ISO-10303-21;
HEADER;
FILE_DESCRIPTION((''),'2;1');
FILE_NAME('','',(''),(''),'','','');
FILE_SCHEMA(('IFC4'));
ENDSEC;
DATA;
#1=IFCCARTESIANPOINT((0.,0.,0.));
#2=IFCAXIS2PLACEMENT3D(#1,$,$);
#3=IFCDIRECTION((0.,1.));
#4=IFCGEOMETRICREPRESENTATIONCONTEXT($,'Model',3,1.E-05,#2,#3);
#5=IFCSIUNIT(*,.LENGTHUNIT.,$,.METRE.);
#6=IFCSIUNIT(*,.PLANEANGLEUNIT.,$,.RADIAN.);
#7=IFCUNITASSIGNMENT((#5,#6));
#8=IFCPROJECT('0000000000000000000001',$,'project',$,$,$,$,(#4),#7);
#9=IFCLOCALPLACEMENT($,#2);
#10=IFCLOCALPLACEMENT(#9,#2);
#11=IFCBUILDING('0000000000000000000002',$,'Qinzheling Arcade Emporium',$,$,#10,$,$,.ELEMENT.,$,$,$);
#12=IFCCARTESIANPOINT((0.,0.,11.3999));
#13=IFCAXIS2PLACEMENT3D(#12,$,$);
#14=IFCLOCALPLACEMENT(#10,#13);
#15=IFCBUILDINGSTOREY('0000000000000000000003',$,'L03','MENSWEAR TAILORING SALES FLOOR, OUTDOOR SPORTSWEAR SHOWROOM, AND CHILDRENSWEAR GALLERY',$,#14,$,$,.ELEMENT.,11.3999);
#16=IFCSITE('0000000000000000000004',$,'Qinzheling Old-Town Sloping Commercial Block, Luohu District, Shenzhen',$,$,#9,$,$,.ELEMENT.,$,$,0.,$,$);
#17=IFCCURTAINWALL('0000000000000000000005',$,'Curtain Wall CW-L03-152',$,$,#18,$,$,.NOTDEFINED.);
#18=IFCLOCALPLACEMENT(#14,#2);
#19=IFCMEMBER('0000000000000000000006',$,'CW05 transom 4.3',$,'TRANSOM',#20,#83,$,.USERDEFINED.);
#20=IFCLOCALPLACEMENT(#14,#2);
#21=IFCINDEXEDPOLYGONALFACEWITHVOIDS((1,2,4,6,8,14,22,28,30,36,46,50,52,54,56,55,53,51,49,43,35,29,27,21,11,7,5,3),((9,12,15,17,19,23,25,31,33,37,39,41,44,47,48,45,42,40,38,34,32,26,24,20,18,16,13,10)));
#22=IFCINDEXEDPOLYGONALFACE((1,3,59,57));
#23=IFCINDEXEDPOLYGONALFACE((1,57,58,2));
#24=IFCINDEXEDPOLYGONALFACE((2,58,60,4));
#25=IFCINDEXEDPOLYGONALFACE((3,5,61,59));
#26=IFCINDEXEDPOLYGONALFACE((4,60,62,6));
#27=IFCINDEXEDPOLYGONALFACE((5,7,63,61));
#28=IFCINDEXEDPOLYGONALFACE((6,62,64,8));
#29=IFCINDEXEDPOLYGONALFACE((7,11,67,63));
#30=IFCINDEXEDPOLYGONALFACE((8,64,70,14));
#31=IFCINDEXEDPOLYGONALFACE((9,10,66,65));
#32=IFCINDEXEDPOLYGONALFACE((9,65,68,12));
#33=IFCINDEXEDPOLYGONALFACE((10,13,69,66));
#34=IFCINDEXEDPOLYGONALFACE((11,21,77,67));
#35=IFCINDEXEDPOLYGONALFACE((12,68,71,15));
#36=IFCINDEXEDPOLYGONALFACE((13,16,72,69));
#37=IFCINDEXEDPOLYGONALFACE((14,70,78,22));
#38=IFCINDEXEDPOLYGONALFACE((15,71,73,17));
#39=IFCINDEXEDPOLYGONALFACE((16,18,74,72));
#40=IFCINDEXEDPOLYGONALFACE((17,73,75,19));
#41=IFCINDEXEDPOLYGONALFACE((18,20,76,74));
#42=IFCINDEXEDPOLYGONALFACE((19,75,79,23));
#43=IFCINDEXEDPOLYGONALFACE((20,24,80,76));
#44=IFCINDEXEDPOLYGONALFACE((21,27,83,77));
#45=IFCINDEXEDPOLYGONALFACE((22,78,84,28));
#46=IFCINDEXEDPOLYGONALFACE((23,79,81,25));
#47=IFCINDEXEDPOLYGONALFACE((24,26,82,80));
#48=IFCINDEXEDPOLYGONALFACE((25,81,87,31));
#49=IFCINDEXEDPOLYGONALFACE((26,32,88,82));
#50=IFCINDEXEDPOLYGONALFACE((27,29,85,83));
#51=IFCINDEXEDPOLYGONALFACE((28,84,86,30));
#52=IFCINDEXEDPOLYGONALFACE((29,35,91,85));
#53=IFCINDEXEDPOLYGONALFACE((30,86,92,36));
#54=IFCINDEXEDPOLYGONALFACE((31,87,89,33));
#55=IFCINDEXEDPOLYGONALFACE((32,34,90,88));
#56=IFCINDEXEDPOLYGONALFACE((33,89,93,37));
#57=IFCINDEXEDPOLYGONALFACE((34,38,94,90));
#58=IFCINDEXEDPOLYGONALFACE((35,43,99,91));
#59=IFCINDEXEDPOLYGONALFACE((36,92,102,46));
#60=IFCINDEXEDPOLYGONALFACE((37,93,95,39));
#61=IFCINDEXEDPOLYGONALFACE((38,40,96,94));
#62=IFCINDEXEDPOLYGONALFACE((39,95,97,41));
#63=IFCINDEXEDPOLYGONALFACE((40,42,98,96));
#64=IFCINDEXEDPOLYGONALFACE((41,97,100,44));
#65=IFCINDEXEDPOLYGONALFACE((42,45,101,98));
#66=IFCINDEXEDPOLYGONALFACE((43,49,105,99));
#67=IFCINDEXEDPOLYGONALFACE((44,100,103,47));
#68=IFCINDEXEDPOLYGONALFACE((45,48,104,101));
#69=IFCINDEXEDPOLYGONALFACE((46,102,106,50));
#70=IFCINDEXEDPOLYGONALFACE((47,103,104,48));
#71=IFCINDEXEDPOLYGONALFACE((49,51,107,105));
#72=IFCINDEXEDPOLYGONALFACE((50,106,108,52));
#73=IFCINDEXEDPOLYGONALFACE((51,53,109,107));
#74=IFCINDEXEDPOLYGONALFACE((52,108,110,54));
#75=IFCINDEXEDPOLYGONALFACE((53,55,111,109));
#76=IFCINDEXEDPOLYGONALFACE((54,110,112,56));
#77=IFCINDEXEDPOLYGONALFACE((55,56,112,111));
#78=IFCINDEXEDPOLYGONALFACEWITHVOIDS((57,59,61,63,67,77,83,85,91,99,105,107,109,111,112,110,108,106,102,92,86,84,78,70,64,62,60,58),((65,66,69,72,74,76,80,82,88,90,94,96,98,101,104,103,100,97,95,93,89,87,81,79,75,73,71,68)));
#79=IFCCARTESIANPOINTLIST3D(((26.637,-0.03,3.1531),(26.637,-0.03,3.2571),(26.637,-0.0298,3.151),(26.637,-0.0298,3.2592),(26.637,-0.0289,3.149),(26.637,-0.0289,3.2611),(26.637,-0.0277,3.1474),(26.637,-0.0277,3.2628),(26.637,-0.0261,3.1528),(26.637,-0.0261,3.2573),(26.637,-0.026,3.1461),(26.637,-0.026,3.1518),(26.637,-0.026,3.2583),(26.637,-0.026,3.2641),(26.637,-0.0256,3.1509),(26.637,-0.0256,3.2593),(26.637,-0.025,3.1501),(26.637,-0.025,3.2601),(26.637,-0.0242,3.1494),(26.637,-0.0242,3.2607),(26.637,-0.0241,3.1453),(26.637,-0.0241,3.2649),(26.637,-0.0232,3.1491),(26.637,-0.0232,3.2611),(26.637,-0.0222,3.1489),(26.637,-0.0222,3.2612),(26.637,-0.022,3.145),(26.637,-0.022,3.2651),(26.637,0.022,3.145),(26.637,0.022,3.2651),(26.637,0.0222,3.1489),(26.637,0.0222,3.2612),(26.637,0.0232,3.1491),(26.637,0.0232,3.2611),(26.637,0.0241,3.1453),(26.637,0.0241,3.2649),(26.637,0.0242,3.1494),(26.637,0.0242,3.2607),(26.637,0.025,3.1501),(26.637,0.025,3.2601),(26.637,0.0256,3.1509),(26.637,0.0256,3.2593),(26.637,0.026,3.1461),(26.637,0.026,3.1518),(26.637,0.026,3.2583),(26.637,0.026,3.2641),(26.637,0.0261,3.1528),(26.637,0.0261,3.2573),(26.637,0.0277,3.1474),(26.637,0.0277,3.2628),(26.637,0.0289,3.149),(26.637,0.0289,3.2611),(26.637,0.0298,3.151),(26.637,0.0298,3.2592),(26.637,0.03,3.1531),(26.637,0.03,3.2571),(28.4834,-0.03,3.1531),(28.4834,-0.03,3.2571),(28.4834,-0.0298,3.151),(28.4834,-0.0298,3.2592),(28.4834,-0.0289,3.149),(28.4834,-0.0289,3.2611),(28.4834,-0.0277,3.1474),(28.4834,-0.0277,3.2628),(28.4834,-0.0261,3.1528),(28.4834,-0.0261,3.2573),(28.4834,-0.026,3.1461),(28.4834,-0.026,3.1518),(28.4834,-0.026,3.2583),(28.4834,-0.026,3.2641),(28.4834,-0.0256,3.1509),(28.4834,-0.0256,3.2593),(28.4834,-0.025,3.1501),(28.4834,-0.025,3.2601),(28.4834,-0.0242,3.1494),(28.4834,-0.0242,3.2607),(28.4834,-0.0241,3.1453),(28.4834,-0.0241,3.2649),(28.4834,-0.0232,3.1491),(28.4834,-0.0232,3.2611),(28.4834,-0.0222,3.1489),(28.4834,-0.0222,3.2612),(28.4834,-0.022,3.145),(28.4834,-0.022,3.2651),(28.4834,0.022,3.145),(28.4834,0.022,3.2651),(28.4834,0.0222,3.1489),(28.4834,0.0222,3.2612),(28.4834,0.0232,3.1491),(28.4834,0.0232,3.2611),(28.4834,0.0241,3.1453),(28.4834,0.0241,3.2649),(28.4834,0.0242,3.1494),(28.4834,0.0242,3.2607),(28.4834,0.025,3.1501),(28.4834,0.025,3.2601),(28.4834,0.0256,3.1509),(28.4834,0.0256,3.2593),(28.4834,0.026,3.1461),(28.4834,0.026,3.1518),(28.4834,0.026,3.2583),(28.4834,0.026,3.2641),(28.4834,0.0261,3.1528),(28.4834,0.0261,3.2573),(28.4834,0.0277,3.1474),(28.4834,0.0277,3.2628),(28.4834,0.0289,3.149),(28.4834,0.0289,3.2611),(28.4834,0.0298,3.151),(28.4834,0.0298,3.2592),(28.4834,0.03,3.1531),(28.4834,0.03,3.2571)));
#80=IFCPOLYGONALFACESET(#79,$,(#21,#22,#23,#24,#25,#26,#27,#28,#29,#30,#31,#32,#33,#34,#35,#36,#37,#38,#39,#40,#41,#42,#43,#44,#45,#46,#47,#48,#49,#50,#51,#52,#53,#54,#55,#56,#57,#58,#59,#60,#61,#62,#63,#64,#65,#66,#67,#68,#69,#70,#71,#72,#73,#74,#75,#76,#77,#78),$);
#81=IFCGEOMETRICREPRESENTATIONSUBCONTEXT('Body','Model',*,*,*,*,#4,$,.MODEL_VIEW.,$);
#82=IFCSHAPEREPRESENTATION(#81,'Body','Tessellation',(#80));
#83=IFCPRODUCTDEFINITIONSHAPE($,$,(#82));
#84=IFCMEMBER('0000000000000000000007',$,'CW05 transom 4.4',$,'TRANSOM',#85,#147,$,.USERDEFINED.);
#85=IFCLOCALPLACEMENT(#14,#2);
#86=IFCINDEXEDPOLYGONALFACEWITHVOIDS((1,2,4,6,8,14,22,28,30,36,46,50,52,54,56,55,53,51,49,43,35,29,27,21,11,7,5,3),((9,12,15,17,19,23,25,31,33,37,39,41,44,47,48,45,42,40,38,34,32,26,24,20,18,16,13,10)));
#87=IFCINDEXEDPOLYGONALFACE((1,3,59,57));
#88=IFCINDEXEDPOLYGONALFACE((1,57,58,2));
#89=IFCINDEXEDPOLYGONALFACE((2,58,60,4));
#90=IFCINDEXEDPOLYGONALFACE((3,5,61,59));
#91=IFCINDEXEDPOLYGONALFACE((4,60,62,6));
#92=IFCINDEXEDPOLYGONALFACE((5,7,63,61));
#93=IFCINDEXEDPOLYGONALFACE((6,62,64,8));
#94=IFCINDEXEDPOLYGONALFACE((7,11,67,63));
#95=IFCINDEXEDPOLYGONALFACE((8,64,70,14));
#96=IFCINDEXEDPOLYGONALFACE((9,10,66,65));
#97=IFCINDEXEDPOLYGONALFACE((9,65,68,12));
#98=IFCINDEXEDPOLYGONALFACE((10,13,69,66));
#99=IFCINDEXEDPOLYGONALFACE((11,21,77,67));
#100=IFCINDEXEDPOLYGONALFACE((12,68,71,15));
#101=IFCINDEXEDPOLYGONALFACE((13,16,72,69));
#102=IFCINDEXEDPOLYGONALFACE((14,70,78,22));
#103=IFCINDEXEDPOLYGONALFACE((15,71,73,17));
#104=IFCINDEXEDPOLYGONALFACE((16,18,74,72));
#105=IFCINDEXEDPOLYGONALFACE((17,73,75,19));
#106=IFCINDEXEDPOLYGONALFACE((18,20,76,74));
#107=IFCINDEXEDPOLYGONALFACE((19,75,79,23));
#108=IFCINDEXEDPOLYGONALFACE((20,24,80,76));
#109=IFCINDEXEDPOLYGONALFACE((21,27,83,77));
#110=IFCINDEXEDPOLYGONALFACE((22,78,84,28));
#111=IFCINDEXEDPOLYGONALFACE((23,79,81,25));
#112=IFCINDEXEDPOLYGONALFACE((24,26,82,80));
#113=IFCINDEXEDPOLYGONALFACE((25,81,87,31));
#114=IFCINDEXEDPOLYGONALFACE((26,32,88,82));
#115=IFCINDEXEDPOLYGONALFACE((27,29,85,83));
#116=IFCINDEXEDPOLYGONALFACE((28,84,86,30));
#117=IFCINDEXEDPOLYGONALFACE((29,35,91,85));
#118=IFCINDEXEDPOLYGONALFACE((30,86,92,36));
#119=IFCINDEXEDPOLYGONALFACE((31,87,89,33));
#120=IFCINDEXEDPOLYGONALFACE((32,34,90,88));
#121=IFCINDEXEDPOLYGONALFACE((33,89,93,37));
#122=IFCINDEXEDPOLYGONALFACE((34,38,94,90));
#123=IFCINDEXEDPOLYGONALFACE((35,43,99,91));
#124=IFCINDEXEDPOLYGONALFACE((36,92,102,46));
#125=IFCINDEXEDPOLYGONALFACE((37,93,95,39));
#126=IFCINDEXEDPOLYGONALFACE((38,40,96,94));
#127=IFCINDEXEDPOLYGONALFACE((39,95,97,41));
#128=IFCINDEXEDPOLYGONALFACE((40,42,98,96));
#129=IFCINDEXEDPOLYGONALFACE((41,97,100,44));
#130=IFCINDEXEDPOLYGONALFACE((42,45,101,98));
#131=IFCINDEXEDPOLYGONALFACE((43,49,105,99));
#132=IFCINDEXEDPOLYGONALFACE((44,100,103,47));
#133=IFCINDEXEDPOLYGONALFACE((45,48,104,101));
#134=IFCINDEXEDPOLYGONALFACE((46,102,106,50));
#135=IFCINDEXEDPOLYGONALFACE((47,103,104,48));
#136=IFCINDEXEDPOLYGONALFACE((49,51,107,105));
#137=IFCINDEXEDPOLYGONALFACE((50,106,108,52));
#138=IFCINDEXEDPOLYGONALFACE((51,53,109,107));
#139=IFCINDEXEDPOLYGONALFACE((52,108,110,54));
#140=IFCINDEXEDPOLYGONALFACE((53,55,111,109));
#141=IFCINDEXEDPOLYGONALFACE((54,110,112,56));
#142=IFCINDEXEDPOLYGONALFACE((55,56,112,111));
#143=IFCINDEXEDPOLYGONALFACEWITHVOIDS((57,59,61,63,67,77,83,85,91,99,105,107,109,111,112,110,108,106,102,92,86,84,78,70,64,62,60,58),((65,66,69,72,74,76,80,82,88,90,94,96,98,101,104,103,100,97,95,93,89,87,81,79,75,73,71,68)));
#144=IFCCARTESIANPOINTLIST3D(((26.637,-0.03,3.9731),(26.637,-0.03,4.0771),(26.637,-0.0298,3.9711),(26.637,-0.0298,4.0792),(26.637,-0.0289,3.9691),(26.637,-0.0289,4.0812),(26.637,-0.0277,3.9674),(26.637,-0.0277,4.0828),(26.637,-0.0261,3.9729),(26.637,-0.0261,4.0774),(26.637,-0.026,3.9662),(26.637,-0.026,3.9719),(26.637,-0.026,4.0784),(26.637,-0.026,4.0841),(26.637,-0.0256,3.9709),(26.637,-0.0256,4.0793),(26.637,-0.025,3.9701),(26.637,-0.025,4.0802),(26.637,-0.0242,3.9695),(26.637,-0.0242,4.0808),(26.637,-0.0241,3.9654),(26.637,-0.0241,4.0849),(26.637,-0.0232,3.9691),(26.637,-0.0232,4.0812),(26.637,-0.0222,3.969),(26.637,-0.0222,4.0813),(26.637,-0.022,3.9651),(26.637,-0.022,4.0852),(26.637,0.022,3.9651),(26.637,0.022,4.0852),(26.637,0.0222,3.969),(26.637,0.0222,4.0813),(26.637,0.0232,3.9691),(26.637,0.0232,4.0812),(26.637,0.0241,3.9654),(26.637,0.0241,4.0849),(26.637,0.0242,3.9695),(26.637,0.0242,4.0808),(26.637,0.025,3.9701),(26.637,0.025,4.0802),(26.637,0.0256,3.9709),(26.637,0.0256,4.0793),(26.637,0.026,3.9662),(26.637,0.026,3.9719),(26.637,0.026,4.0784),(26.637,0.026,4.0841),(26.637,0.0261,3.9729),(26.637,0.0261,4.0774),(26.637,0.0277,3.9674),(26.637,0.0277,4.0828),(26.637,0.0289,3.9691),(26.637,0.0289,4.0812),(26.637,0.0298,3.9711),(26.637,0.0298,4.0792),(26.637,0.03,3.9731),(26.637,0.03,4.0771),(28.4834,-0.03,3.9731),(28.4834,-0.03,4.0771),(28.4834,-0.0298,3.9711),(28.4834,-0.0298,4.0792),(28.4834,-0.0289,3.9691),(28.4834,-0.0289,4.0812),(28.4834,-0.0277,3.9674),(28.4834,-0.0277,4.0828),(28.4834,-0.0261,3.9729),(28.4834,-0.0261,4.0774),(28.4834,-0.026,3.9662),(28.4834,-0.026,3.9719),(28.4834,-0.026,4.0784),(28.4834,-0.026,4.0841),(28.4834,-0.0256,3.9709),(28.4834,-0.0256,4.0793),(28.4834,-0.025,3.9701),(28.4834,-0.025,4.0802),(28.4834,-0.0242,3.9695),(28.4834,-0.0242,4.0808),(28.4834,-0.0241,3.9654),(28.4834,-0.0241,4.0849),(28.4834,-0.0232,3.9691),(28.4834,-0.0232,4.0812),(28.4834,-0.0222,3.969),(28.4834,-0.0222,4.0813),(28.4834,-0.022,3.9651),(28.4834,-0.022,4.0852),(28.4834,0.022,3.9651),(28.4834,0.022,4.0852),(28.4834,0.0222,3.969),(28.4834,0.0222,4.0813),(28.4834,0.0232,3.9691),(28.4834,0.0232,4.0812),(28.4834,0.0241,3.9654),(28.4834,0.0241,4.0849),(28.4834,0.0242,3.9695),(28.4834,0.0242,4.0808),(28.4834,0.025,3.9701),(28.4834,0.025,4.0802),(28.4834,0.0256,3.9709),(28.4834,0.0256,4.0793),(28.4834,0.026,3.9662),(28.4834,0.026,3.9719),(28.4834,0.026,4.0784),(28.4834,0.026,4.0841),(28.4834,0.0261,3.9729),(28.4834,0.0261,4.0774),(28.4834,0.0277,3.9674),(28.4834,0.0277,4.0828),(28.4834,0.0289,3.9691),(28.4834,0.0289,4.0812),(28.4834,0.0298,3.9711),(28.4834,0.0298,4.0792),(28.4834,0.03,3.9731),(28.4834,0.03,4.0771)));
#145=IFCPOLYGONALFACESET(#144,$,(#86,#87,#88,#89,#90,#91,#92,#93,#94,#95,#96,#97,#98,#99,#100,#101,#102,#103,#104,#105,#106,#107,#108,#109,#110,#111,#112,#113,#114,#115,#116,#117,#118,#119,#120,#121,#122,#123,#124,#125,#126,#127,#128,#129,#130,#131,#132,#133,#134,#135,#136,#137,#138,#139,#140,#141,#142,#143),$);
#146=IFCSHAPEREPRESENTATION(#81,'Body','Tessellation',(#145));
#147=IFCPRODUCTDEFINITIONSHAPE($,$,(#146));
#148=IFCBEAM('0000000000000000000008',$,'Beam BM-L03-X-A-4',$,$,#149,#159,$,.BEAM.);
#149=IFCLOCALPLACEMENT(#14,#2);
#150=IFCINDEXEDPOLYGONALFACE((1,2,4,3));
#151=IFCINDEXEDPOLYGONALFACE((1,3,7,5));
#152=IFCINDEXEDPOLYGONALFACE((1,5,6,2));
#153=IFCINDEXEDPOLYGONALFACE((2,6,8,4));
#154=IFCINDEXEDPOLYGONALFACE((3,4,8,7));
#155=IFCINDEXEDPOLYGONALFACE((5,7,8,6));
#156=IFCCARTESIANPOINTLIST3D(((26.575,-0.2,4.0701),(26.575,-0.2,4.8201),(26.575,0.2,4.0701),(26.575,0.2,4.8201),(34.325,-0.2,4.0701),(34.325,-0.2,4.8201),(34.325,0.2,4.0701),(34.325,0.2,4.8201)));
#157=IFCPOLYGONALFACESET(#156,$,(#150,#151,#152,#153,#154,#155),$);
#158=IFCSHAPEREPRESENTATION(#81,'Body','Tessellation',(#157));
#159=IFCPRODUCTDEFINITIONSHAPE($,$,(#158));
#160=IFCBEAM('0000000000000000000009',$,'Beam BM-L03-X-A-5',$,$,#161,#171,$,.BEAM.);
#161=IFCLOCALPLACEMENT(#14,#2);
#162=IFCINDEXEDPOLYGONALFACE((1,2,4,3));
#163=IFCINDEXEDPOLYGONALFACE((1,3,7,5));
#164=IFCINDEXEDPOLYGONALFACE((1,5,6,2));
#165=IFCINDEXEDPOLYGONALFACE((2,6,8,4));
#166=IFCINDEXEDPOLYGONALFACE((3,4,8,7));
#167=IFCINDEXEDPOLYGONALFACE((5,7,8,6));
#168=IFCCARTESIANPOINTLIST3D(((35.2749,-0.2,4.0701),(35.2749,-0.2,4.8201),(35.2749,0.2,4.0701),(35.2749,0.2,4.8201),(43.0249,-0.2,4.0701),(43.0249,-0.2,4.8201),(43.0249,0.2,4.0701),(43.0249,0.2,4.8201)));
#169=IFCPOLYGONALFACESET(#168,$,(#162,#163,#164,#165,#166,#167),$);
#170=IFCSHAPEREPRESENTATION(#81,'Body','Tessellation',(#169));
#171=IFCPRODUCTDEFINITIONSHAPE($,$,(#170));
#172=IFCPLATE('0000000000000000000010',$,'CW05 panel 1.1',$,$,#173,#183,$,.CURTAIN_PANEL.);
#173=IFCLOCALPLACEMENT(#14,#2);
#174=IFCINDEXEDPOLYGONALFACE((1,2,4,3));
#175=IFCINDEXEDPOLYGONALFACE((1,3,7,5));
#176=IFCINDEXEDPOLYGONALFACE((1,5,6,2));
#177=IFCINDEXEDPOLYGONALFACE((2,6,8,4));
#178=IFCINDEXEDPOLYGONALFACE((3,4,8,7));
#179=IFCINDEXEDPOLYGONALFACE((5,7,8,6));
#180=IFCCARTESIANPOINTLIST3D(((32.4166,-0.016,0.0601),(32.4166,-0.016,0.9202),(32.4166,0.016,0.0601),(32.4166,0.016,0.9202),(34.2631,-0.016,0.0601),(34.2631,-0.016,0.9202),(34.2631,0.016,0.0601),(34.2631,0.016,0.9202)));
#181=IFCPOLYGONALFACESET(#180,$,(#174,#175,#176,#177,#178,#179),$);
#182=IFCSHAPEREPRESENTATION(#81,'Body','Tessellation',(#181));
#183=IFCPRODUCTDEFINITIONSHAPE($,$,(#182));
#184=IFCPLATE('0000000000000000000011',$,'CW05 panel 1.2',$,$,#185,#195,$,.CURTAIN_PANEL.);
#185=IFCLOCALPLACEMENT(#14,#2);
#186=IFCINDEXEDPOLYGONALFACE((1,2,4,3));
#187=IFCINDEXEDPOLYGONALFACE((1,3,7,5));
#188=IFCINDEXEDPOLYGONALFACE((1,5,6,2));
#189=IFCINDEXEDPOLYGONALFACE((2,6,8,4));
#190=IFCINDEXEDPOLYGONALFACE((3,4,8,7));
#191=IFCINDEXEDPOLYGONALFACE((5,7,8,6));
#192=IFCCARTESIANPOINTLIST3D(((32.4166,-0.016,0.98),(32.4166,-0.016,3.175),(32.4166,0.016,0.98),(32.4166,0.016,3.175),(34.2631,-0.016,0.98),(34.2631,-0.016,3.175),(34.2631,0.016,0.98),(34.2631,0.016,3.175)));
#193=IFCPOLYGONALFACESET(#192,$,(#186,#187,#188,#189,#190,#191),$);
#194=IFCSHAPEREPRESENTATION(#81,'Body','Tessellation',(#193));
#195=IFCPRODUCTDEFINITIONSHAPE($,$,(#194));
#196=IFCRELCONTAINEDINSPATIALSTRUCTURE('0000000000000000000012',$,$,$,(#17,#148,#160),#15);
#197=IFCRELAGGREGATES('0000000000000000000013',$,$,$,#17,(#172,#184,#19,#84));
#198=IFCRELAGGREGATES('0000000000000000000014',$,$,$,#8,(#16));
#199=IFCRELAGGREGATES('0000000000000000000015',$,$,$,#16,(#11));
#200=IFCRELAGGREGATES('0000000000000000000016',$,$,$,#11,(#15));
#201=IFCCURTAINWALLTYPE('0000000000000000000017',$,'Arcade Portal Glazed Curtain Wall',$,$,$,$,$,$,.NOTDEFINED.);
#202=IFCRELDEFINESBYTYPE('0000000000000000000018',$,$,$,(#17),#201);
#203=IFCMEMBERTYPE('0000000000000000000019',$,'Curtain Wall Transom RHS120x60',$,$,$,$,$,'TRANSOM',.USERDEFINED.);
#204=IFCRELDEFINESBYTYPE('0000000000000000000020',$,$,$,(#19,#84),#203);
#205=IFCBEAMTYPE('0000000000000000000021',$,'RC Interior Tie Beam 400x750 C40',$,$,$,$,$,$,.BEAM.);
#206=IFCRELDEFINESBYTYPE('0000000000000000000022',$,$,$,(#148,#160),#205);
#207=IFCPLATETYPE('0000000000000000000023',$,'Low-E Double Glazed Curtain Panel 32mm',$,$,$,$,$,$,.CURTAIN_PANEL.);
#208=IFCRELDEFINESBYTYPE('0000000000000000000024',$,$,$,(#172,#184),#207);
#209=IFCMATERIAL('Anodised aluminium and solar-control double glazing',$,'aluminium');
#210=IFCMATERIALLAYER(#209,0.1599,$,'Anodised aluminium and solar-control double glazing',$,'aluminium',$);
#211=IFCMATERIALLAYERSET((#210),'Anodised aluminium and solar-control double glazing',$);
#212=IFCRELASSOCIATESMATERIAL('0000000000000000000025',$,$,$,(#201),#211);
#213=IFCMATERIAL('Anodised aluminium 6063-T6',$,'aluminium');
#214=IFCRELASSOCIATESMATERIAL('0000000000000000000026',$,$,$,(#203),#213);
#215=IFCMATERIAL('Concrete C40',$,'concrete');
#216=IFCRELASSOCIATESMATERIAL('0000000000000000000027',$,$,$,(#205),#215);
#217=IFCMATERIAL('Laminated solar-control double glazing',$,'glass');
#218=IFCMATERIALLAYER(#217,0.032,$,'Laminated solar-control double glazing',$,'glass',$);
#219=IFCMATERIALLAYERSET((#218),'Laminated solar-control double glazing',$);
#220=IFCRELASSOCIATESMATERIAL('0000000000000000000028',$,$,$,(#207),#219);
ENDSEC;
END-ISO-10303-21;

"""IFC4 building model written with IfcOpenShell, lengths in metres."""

from ifc_helpers import new_model, si_unit, direction, frame, origin, origin_2d, place, context, subcontext, project, spatial, rectangle, hollow_rectangle, extrude, material, layer, layer_set, material_profile, profile_set, type_object, element, aggregate, save


model = new_model("IFC4")

# Units and contexts
model_context = context("Model", 3, precision=1e-05, world=origin(), true_north=direction((0.0, 1.0)))
body_context = subcontext(model_context, "Body", "Model", "MODEL_VIEW")
ifc_project = project(units=[si_unit("LENGTHUNIT", "METRE"), si_unit("PLANEANGLEUNIT", "RADIAN")], contexts=[model_context])

# Site, building, storey
site_placement = place(None, origin())
site = spatial("IfcSite", under=ifc_project, at=site_placement, Name="Qinzheling Old-Town Sloping Commercial Block, Luohu District, Shenzhen", CompositionType="ELEMENT", RefElevation=0.0)
building_placement = place(site_placement, origin())
building = spatial("IfcBuilding", under=site, at=building_placement, Name="Qinzheling Arcade Emporium", CompositionType="ELEMENT")
storey_placement = place(building_placement, frame((0.0, 0.0, 11.3999)))
storey = spatial("IfcBuildingStorey", under=building, at=storey_placement, Name="L03", Description="MENSWEAR TAILORING SALES FLOOR, OUTDOOR SPORTSWEAR SHOWROOM, AND CHILDRENSWEAR GALLERY", CompositionType="ELEMENT", Elevation=11.3999)

# Curtain wall, members
ifc_material_1 = material(Name="Anodised aluminium and solar-control double glazing", Category="aluminium")
ifc_layer_1 = layer(ifc_material_1, 0.1599, Name="Anodised aluminium and solar-control double glazing", Category="aluminium")
ifc_layer_set_1 = layer_set([ifc_layer_1], Name="Anodised aluminium and solar-control double glazing")
curtain_wall_type = type_object("IfcCurtainWallType", Name="Arcade Portal Glazed Curtain Wall", PredefinedType="NOTDEFINED", material=ifc_layer_set_1)
curtain_wall_placement = place(storey_placement, origin())
curtain_wall = element("IfcCurtainWall", 1, at=curtain_wall_placement, inside=storey, type_object=curtain_wall_type, Name="Curtain Wall CW-L03-152", PredefinedType="NOTDEFINED")
ifc_material_2 = material(Name="Anodised aluminium 6063-T6", Category="aluminium")
ifc_material_profile_1 = material_profile(ifc_material_2, hollow_rectangle(XDim=0.0601, YDim=0.1201, WallThickness=0.0039, InnerFilletRadius=0.0039, OuterFilletRadius=0.0081, at=origin_2d()), Name="RHS 120x60x4", Category="aluminium")
ifc_profile_set_1 = profile_set([ifc_material_profile_1], Name="Anodised aluminium 6063-T6")
member_type_1 = type_object("IfcMemberType", Name="Curtain Wall Transom RHS120x60", ElementType="TRANSOM", PredefinedType="USERDEFINED", material=ifc_profile_set_1)
member_1_placement = place(storey_placement, frame((28.4834, 0.0, 3.2051), z_axis=(-1.0, 0.0, 0.0), x_axis=(0.0, -1.0, 0.0)))
member_1 = element("IfcMember", 2, at=member_1_placement, type_object=member_type_1, Name="CW05 transom 4.3", ObjectType="TRANSOM", PredefinedType="USERDEFINED", context=body_context, shape_type="SweptSolid", body=[
    extrude(hollow_rectangle(XDim=0.0601, YDim=0.1201, WallThickness=0.0039, InnerFilletRadius=0.0039, OuterFilletRadius=0.0081, at=origin_2d()), origin(), (0.0, 0.0, 1.0), 1.8464),
])
member_2_placement = place(storey_placement, frame((28.4834, 0.0, 4.0251), z_axis=(-1.0, 0.0, 0.0), x_axis=(0.0, -1.0, 0.0)))
member_2 = element("IfcMember", 3, at=member_2_placement, type_object=member_type_1, Name="CW05 transom 4.4", ObjectType="TRANSOM", PredefinedType="USERDEFINED", context=body_context, shape_type="SweptSolid", body=[
    extrude(hollow_rectangle(XDim=0.0601, YDim=0.1201, WallThickness=0.0039, InnerFilletRadius=0.0039, OuterFilletRadius=0.0081, at=origin_2d()), origin(), (0.0, 0.0, 1.0), 1.8464),
])

# Beams
ifc_material_3 = material(Name="Concrete C40", Category="concrete")
ifc_material_profile_2 = material_profile(ifc_material_3, rectangle(XDim=0.3999, YDim=0.75, at=origin_2d()), Name="RC 400x750", Category="concrete")
ifc_profile_set_2 = profile_set([ifc_material_profile_2], Name="Concrete C40")
beam_type = type_object("IfcBeamType", Name="RC Interior Tie Beam 400x750 C40", PredefinedType="BEAM", material=ifc_profile_set_2)
for number, where, z_axis, x_axis, name in (
    (4, (26.575, 0.0, 4.4451), (1.0, 0.0, 0.0), (0.0, 1.0, 0.0), "Beam BM-L03-X-A-4"),
    (5, (35.2749, 0.0, 4.4451), (1.0, 0.0, 0.0), (0.0, 1.0, 0.0), "Beam BM-L03-X-A-5"),
):
    element("IfcBeam", number, at=place(storey_placement, frame(where, z_axis=z_axis, x_axis=x_axis)), inside=storey, type_object=beam_type, Name=name, PredefinedType="BEAM", context=body_context, shape_type="SweptSolid", body=[
        extrude(rectangle(XDim=0.3999, YDim=0.75, at=origin_2d()), origin(), (0.0, 0.0, 1.0), 7.75),
    ])

# Plates
ifc_material_4 = material(Name="Laminated solar-control double glazing", Category="glass")
ifc_layer_2 = layer(ifc_material_4, 0.032, Name="Laminated solar-control double glazing", Category="glass")
ifc_layer_set_2 = layer_set([ifc_layer_2], Name="Laminated solar-control double glazing")
plate_type_1 = type_object("IfcPlateType", Name="Low-E Double Glazed Curtain Panel 32mm", PredefinedType="CURTAIN_PANEL", material=ifc_layer_set_2)
plate_1_placement = place(storey_placement, frame((33.3398, 0.0, 0.0601), z_axis=(0.0, 0.0, 1.0), x_axis=(-1.0, 0.0, 0.0)))
plate_1 = element("IfcPlate", 6, at=plate_1_placement, type_object=plate_type_1, Name="CW05 panel 1.1", PredefinedType="CURTAIN_PANEL", context=body_context, shape_type="SweptSolid", body=[
    extrude(rectangle(XDim=1.8464, YDim=0.032, at=origin_2d()), origin(), (0.0, 0.0, 1.0), 0.8601),
])
plate_2_placement = place(storey_placement, frame((33.3398, 0.0, 0.98), z_axis=(0.0, 0.0, 1.0), x_axis=(-1.0, 0.0, 0.0)))
plate_2 = element("IfcPlate", 7, at=plate_2_placement, type_object=plate_type_1, Name="CW05 panel 1.2", PredefinedType="CURTAIN_PANEL", context=body_context, shape_type="SweptSolid", body=[
    extrude(rectangle(XDim=1.8464, YDim=0.032, at=origin_2d()), origin(), (0.0, 0.0, 1.0), 2.1951),
])
aggregate(curtain_wall, [plate_1, plate_2, member_1, member_2])

save(model, "model.ifc")
